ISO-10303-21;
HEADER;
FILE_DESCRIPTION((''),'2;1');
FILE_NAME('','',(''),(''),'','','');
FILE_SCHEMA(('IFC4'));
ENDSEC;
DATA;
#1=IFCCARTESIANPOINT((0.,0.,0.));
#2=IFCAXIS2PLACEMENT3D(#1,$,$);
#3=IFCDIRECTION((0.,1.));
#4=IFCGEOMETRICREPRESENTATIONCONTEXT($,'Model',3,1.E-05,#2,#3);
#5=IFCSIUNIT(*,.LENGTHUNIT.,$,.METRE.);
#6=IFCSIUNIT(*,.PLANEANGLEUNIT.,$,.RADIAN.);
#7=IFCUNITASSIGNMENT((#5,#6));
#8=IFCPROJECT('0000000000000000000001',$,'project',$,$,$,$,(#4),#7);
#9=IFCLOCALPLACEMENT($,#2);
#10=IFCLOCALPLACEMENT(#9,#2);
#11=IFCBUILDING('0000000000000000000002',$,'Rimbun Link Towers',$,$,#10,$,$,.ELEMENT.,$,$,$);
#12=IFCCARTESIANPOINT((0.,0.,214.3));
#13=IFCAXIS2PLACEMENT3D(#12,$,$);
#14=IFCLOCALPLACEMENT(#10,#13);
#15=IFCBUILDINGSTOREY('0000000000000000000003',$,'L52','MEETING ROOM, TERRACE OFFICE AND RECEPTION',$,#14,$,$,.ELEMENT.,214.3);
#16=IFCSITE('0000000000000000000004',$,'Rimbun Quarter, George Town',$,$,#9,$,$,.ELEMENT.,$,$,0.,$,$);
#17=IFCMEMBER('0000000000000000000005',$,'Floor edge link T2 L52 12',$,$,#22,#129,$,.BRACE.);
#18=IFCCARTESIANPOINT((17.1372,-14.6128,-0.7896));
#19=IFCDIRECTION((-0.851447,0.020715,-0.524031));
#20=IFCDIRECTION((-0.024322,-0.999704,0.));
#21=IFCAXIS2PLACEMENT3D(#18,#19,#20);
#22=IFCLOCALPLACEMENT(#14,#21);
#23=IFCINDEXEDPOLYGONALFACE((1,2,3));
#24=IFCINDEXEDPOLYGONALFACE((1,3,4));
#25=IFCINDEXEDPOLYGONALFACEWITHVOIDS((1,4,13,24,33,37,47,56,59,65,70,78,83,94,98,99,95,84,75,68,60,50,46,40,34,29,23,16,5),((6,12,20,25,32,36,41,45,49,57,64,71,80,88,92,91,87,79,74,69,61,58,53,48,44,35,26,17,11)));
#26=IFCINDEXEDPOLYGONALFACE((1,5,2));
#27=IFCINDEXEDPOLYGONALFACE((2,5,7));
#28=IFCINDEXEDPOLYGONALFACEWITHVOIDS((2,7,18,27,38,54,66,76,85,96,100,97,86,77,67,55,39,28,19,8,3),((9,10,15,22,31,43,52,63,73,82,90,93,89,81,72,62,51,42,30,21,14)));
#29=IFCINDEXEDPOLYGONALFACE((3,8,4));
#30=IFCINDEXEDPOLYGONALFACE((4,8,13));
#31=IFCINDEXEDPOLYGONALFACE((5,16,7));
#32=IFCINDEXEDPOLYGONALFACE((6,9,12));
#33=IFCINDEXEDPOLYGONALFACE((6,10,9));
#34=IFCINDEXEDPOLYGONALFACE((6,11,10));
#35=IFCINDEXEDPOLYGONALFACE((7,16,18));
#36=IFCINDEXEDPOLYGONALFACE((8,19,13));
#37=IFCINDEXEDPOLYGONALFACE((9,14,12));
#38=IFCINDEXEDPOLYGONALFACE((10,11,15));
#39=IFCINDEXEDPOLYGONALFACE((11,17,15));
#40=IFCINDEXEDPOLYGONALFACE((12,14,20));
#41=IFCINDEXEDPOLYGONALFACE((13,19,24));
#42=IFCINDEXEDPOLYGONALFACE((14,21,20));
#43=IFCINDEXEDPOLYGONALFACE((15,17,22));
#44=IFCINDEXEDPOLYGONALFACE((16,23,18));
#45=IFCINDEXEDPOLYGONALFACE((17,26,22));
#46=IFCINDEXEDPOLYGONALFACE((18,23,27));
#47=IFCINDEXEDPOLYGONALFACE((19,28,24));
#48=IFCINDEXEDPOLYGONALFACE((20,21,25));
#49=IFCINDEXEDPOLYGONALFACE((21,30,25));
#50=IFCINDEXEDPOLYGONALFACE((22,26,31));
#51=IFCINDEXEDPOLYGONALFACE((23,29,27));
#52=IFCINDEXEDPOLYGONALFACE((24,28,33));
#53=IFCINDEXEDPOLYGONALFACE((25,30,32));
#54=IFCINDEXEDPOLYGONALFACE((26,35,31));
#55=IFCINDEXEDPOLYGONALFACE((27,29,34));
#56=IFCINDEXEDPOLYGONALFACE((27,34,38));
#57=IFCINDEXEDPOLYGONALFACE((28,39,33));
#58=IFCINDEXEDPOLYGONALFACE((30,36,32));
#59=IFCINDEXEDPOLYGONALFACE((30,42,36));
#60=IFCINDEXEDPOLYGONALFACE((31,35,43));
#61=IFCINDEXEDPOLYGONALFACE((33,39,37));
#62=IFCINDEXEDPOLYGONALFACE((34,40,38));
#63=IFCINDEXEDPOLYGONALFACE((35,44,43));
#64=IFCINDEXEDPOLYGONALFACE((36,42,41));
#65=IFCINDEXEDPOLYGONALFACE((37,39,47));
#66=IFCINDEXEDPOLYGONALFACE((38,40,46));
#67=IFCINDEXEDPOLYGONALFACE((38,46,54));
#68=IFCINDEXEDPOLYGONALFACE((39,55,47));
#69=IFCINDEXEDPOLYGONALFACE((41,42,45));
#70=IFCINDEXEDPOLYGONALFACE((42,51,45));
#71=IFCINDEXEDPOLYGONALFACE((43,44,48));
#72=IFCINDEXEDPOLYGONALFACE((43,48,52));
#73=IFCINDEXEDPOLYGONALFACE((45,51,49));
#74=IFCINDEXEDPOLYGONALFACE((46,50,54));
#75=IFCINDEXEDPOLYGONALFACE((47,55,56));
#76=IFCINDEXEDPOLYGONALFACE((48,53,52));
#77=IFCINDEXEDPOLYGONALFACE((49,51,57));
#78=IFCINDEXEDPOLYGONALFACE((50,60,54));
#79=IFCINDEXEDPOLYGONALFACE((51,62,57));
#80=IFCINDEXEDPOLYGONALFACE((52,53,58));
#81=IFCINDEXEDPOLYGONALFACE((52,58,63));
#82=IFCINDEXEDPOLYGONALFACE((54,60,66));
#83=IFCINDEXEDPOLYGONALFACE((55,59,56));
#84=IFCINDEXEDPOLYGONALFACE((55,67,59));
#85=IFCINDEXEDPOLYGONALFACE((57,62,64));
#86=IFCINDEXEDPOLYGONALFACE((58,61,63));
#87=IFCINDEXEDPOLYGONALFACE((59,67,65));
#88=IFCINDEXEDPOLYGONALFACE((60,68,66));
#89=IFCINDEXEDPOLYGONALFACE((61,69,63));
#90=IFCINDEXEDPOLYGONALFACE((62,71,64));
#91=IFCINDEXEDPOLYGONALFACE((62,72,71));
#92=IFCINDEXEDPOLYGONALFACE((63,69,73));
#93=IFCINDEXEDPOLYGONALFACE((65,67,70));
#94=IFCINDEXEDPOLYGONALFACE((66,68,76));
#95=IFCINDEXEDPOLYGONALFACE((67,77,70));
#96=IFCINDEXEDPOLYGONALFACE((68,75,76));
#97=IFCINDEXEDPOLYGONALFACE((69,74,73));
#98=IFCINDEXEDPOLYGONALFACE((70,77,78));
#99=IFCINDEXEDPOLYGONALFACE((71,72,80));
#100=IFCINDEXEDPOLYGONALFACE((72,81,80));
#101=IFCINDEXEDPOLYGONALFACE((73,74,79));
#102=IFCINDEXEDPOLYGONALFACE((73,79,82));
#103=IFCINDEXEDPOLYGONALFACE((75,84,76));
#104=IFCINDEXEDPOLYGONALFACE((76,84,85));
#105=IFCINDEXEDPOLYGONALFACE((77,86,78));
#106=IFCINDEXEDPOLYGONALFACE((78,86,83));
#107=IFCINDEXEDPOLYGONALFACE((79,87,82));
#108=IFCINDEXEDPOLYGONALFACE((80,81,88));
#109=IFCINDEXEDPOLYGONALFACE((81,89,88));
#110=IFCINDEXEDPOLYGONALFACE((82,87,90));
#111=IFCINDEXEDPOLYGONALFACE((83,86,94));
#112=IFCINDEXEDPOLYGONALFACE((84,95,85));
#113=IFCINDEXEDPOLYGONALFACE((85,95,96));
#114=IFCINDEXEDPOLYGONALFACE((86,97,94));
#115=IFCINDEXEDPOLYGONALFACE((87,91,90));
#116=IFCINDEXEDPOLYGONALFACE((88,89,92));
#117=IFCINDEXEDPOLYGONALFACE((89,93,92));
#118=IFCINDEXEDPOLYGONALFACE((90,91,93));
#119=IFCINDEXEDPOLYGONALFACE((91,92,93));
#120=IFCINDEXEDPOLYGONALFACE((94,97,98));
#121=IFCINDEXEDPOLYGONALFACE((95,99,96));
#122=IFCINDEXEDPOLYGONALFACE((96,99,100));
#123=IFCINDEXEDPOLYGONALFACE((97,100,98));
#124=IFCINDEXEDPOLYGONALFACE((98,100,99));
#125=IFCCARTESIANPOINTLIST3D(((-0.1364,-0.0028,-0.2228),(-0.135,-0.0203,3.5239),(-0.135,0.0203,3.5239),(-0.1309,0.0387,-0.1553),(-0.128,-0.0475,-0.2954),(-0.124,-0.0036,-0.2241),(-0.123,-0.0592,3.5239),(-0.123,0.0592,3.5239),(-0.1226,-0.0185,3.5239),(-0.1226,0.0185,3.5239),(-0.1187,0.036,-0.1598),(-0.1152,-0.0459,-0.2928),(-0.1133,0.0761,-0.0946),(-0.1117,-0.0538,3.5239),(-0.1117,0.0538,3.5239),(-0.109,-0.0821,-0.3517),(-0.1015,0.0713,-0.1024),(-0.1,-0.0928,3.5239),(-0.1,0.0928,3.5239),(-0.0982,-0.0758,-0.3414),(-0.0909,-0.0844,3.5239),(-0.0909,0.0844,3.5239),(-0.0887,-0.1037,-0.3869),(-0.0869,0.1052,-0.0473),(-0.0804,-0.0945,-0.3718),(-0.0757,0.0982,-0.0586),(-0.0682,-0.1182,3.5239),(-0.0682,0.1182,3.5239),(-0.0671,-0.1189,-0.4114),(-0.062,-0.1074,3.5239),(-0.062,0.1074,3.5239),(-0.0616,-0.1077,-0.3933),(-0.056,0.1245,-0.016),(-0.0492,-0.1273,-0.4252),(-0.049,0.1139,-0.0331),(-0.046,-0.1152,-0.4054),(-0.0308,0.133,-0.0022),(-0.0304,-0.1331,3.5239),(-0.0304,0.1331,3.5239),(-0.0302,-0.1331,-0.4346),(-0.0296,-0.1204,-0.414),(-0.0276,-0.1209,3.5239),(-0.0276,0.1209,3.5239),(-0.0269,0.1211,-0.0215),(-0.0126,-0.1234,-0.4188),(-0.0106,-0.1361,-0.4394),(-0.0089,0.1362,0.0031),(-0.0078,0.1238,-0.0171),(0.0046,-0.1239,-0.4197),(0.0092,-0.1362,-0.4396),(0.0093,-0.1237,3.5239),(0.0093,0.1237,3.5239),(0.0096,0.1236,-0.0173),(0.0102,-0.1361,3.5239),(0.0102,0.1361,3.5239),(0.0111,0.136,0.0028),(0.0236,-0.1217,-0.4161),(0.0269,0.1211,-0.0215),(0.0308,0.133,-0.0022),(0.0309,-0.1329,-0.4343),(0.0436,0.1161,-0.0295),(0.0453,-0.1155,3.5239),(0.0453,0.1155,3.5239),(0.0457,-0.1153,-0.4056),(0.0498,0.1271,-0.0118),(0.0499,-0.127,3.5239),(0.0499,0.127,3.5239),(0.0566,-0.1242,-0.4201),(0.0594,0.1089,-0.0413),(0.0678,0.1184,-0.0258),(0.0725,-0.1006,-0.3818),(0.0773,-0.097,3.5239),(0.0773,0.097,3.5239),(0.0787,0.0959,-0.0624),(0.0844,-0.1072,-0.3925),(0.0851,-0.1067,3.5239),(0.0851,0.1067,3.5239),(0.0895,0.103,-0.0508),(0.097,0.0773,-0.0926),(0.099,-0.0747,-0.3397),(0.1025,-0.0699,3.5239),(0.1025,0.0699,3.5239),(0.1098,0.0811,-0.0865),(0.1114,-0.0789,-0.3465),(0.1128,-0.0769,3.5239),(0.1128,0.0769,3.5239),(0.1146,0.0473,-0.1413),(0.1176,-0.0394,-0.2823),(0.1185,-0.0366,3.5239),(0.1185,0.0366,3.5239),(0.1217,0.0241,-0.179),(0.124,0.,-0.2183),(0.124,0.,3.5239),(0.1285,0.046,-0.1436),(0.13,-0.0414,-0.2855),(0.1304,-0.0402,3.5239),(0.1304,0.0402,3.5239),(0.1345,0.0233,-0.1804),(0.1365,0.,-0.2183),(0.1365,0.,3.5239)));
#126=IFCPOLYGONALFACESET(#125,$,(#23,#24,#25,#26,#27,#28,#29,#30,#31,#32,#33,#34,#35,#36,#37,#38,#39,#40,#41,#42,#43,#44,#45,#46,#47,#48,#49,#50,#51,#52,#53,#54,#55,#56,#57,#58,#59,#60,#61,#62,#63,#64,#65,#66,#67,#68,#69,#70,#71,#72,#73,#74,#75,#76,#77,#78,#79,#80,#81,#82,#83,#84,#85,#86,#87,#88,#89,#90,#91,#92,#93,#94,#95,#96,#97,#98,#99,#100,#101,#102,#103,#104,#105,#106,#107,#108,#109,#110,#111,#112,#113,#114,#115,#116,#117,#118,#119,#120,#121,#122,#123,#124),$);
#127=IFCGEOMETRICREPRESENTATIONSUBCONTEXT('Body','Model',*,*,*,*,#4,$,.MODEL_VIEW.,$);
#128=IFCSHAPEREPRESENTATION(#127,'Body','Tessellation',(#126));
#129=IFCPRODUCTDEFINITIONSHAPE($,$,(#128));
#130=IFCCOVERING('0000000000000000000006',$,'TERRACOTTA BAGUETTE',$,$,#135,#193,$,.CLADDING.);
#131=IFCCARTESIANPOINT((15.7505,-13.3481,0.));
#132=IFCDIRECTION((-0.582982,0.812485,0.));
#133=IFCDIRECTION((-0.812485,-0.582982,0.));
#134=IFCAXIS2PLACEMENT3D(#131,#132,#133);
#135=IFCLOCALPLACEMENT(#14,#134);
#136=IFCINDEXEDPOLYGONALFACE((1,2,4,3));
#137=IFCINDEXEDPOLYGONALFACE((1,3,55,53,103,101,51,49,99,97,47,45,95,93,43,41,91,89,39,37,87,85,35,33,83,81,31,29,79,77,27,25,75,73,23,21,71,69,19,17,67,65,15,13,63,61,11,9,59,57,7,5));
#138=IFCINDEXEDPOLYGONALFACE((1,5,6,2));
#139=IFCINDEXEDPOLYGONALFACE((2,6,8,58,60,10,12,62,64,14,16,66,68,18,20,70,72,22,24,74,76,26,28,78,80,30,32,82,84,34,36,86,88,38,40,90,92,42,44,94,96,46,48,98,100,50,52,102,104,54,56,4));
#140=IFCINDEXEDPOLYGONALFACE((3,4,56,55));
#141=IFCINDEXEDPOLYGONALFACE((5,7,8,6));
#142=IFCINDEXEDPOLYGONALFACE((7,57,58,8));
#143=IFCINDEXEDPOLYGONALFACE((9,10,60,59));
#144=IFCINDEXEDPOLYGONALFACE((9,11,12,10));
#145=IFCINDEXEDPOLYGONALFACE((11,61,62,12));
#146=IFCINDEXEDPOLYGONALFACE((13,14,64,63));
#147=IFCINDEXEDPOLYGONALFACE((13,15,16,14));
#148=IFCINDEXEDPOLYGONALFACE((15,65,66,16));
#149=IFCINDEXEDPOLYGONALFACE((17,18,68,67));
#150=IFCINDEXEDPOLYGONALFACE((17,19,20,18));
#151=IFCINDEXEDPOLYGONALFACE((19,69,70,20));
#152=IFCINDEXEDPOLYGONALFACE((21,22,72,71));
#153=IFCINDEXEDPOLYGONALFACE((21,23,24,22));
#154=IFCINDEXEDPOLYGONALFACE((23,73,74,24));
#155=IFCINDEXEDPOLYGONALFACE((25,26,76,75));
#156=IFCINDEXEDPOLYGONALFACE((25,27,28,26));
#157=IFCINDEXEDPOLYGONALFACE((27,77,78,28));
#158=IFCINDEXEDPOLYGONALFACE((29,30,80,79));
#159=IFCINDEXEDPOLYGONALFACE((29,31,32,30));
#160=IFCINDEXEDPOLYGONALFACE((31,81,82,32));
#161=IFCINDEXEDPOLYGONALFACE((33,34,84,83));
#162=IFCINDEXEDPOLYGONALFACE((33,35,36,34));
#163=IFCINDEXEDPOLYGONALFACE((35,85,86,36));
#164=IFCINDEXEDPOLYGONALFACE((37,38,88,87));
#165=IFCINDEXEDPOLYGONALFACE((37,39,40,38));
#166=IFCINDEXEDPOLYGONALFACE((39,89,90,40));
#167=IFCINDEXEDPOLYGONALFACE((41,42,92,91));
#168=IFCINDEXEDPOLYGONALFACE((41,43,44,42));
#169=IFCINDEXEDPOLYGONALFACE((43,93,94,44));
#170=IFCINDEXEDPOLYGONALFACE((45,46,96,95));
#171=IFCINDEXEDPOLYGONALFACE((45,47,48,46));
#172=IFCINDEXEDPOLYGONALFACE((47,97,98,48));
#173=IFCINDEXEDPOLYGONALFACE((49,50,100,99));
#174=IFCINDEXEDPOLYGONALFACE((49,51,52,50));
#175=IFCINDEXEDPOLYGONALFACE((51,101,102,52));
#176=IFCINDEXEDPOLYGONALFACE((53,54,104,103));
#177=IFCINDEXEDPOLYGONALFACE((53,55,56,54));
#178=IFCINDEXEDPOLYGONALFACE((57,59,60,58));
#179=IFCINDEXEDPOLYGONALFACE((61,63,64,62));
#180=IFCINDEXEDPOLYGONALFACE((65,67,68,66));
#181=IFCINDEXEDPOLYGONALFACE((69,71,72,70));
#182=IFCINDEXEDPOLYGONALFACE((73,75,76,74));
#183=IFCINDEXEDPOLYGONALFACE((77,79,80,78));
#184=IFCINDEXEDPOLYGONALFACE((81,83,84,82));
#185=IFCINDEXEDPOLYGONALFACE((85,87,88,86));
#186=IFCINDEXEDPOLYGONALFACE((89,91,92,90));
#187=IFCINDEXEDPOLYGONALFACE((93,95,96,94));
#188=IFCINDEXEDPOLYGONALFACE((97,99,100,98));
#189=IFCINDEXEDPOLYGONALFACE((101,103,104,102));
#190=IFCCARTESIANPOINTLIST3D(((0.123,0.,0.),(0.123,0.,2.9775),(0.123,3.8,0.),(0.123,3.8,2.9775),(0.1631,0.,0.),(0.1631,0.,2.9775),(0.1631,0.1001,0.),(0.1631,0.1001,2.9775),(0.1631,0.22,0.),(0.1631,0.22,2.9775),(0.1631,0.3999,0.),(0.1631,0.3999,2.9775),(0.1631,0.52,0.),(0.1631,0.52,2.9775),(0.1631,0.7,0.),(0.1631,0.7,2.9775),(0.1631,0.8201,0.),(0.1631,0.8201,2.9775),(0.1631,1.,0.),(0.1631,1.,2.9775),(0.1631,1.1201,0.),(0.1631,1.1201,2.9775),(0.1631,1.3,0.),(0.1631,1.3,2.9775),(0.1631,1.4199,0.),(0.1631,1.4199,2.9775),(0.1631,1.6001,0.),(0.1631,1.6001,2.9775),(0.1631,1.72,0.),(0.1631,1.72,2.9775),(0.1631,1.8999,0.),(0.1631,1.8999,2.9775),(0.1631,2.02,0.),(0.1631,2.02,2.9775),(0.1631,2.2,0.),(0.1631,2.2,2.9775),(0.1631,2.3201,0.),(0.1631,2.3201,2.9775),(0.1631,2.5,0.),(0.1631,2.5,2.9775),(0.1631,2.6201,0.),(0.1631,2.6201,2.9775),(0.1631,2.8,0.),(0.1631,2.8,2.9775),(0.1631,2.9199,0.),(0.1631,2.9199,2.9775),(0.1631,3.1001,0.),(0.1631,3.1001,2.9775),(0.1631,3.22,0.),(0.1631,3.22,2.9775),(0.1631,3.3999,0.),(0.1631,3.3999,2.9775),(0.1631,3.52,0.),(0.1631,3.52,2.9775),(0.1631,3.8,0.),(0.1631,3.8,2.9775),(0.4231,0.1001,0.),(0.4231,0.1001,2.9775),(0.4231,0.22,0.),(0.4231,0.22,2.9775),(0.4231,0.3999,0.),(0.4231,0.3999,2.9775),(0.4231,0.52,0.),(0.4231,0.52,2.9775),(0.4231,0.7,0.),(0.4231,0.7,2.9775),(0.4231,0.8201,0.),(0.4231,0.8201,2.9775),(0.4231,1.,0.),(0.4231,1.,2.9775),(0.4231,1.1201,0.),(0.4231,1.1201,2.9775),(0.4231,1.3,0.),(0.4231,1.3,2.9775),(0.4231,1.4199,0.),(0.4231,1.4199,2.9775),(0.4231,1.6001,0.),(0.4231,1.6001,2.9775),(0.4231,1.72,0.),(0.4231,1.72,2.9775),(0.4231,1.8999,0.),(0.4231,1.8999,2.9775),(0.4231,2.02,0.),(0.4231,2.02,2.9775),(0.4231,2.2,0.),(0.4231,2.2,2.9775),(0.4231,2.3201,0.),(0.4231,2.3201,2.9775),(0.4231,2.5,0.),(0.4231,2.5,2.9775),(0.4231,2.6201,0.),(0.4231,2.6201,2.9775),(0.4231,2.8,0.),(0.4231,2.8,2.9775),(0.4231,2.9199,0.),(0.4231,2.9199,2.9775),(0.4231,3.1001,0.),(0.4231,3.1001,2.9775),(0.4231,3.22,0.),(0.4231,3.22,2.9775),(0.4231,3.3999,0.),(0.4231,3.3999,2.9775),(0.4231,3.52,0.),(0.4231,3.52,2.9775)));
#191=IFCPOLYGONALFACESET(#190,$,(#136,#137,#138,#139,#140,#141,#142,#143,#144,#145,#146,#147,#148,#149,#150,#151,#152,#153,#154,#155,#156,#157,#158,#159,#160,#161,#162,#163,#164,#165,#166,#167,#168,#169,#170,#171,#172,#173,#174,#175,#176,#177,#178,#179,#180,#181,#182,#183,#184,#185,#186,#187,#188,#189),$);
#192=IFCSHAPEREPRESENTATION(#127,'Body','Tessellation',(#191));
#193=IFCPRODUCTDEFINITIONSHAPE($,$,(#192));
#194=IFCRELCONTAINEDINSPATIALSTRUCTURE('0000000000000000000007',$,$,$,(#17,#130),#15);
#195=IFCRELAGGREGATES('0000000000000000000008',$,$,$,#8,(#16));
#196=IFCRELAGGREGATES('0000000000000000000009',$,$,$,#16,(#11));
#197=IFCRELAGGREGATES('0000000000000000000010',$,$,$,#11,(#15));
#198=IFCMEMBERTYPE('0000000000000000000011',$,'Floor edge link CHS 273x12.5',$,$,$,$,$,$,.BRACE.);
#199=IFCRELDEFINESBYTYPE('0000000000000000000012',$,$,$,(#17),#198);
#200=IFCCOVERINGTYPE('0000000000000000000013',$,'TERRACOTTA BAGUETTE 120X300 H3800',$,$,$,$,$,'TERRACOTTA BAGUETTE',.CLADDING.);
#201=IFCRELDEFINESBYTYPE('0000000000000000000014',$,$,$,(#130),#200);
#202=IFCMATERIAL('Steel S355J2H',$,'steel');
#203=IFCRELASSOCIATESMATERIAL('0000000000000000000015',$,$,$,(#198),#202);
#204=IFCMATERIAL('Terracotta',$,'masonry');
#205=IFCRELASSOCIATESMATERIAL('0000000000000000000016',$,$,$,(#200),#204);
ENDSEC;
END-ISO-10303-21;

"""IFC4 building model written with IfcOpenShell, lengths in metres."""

from ifc_helpers import new_model, si_unit, direction, frame, origin, origin_2d, place, context, subcontext, project, spatial, polyline, hollow_circle, outline, extrude, clip, halfspace, material, material_profile, profile_set, type_object, element, save


model = new_model("IFC4")

# Units and contexts
model_context = context("Model", 3, precision=1e-05, world=origin(), true_north=direction((0.0, 1.0)))
body_context = subcontext(model_context, "Body", "Model", "MODEL_VIEW")
ifc_project = project(units=[si_unit("LENGTHUNIT", "METRE"), si_unit("PLANEANGLEUNIT", "RADIAN")], contexts=[model_context])

# Site, building, storey
site_placement = place(None, origin())
site = spatial("IfcSite", under=ifc_project, at=site_placement, Name="Rimbun Quarter, George Town", CompositionType="ELEMENT", RefElevation=0.0)
building_placement = place(site_placement, origin())
building = spatial("IfcBuilding", under=site, at=building_placement, Name="Rimbun Link Towers", CompositionType="ELEMENT")
storey_placement = place(building_placement, frame((0.0, 0.0, 214.3)))
storey = spatial("IfcBuildingStorey", under=building, at=storey_placement, Name="L52", Description="MEETING ROOM, TERRACE OFFICE AND RECEPTION", CompositionType="ELEMENT", Elevation=214.3)

# Member
ifc_material_1 = material(Name="Steel S355J2H", Category="steel")
ifc_material_profile_1 = material_profile(ifc_material_1, hollow_circle(Radius=0.1365, WallThickness=0.0125, at=origin_2d()), Name="CHS 273x12.5")
ifc_profile_set_1 = profile_set([ifc_material_profile_1], Name="Steel S355J2H")
member_type_1 = type_object("IfcMemberType", Name="Floor edge link CHS 273x12.5", PredefinedType="BRACE", material=ifc_profile_set_1)
member_1_placement = place(storey_placement, frame((17.1372, -14.6128, -0.7896), z_axis=(-0.851447, 0.020715, -0.524031), x_axis=(-0.024322, -0.999704, 0.0)))
element("IfcMember", 1, at=member_1_placement, inside=storey, type_object=member_type_1, Name="Floor edge link T2 L52 12", PredefinedType="BRACE", context=body_context, shape_type="Clipping", body=[
    clip(extrude(hollow_circle(Radius=0.1365, WallThickness=0.0125, at=origin_2d()), frame((0.0, 0.0, -0.4629)), (0.0, 0.0, 1.0), 3.9868), halfspace(frame((0.0, 0.0, -0.2183), z_axis=(0.0, 0.851699, -0.524031)), False)),
])

# Covering
ifc_material_2 = material(Name="Terracotta", Category="masonry")
ifc_material_profile_2 = material_profile(ifc_material_2, outline(polyline([(0.123, 0.0), (0.1631, 0.0), (0.1631, 0.1001), (0.4231, 0.1001), (0.4231, 0.22), (0.1631, 0.22), (0.1631, 0.3999), (0.4231, 0.3999), (0.4231, 0.52), (0.1631, 0.52), (0.1631, 0.7), (0.4231, 0.7), (0.4231, 0.8201), (0.1631, 0.8201), (0.1631, 1.0), (0.4231, 1.0), (0.4231, 1.1201), (0.1631, 1.1201), (0.1631, 1.3), (0.4231, 1.3), (0.4231, 1.4199), (0.1631, 1.4199), (0.1631, 1.6001), (0.4231, 1.6001), (0.4231, 1.72), (0.1631, 1.72), (0.1631, 1.8999), (0.4231, 1.8999), (0.4231, 2.02), (0.1631, 2.02), (0.1631, 2.2), (0.4231, 2.2), (0.4231, 2.3201), (0.1631, 2.3201), (0.1631, 2.5), (0.4231, 2.5), (0.4231, 2.6201), (0.1631, 2.6201), (0.1631, 2.8), (0.4231, 2.8), (0.4231, 2.9199), (0.1631, 2.9199), (0.1631, 3.1001), (0.4231, 3.1001), (0.4231, 3.22), (0.1631, 3.22), (0.1631, 3.3999), (0.4231, 3.3999), (0.4231, 3.52), (0.1631, 3.52), (0.1631, 3.8), (0.123, 3.8), (0.123, 0.0)])), Name="BAGUETTE 120X300")
ifc_profile_set_2 = profile_set([ifc_material_profile_2], Name="Terracotta")
covering_type = type_object("IfcCoveringType", Name="TERRACOTTA BAGUETTE 120X300 H3800", ElementType="TERRACOTTA BAGUETTE", PredefinedType="CLADDING", material=ifc_profile_set_2)
covering_1_placement = place(storey_placement, frame((15.7505, -13.3481, 0.0), z_axis=(-0.582982, 0.812485, 0.0), x_axis=(-0.812485, -0.582982, 0.0)))
element("IfcCovering", 2, at=covering_1_placement, inside=storey, type_object=covering_type, Name="TERRACOTTA BAGUETTE", PredefinedType="CLADDING", context=body_context, shape_type="SweptSolid", body=[
    extrude(outline(polyline([(0.123, 0.0), (0.1631, 0.0), (0.1631, 0.1001), (0.4231, 0.1001), (0.4231, 0.22), (0.1631, 0.22), (0.1631, 0.3999), (0.4231, 0.3999), (0.4231, 0.52), (0.1631, 0.52), (0.1631, 0.7), (0.4231, 0.7), (0.4231, 0.8201), (0.1631, 0.8201), (0.1631, 1.0), (0.4231, 1.0), (0.4231, 1.1201), (0.1631, 1.1201), (0.1631, 1.3), (0.4231, 1.3), (0.4231, 1.4199), (0.1631, 1.4199), (0.1631, 1.6001), (0.4231, 1.6001), (0.4231, 1.72), (0.1631, 1.72), (0.1631, 1.8999), (0.4231, 1.8999), (0.4231, 2.02), (0.1631, 2.02), (0.1631, 2.2), (0.4231, 2.2), (0.4231, 2.3201), (0.1631, 2.3201), (0.1631, 2.5), (0.4231, 2.5), (0.4231, 2.6201), (0.1631, 2.6201), (0.1631, 2.8), (0.4231, 2.8), (0.4231, 2.9199), (0.1631, 2.9199), (0.1631, 3.1001), (0.4231, 3.1001), (0.4231, 3.22), (0.1631, 3.22), (0.1631, 3.3999), (0.4231, 3.3999), (0.4231, 3.52), (0.1631, 3.52), (0.1631, 3.8), (0.123, 3.8), (0.123, 0.0)])), origin(), (0.0, 0.0, 1.0), 2.9775),
])

save(model, "model.ifc")
